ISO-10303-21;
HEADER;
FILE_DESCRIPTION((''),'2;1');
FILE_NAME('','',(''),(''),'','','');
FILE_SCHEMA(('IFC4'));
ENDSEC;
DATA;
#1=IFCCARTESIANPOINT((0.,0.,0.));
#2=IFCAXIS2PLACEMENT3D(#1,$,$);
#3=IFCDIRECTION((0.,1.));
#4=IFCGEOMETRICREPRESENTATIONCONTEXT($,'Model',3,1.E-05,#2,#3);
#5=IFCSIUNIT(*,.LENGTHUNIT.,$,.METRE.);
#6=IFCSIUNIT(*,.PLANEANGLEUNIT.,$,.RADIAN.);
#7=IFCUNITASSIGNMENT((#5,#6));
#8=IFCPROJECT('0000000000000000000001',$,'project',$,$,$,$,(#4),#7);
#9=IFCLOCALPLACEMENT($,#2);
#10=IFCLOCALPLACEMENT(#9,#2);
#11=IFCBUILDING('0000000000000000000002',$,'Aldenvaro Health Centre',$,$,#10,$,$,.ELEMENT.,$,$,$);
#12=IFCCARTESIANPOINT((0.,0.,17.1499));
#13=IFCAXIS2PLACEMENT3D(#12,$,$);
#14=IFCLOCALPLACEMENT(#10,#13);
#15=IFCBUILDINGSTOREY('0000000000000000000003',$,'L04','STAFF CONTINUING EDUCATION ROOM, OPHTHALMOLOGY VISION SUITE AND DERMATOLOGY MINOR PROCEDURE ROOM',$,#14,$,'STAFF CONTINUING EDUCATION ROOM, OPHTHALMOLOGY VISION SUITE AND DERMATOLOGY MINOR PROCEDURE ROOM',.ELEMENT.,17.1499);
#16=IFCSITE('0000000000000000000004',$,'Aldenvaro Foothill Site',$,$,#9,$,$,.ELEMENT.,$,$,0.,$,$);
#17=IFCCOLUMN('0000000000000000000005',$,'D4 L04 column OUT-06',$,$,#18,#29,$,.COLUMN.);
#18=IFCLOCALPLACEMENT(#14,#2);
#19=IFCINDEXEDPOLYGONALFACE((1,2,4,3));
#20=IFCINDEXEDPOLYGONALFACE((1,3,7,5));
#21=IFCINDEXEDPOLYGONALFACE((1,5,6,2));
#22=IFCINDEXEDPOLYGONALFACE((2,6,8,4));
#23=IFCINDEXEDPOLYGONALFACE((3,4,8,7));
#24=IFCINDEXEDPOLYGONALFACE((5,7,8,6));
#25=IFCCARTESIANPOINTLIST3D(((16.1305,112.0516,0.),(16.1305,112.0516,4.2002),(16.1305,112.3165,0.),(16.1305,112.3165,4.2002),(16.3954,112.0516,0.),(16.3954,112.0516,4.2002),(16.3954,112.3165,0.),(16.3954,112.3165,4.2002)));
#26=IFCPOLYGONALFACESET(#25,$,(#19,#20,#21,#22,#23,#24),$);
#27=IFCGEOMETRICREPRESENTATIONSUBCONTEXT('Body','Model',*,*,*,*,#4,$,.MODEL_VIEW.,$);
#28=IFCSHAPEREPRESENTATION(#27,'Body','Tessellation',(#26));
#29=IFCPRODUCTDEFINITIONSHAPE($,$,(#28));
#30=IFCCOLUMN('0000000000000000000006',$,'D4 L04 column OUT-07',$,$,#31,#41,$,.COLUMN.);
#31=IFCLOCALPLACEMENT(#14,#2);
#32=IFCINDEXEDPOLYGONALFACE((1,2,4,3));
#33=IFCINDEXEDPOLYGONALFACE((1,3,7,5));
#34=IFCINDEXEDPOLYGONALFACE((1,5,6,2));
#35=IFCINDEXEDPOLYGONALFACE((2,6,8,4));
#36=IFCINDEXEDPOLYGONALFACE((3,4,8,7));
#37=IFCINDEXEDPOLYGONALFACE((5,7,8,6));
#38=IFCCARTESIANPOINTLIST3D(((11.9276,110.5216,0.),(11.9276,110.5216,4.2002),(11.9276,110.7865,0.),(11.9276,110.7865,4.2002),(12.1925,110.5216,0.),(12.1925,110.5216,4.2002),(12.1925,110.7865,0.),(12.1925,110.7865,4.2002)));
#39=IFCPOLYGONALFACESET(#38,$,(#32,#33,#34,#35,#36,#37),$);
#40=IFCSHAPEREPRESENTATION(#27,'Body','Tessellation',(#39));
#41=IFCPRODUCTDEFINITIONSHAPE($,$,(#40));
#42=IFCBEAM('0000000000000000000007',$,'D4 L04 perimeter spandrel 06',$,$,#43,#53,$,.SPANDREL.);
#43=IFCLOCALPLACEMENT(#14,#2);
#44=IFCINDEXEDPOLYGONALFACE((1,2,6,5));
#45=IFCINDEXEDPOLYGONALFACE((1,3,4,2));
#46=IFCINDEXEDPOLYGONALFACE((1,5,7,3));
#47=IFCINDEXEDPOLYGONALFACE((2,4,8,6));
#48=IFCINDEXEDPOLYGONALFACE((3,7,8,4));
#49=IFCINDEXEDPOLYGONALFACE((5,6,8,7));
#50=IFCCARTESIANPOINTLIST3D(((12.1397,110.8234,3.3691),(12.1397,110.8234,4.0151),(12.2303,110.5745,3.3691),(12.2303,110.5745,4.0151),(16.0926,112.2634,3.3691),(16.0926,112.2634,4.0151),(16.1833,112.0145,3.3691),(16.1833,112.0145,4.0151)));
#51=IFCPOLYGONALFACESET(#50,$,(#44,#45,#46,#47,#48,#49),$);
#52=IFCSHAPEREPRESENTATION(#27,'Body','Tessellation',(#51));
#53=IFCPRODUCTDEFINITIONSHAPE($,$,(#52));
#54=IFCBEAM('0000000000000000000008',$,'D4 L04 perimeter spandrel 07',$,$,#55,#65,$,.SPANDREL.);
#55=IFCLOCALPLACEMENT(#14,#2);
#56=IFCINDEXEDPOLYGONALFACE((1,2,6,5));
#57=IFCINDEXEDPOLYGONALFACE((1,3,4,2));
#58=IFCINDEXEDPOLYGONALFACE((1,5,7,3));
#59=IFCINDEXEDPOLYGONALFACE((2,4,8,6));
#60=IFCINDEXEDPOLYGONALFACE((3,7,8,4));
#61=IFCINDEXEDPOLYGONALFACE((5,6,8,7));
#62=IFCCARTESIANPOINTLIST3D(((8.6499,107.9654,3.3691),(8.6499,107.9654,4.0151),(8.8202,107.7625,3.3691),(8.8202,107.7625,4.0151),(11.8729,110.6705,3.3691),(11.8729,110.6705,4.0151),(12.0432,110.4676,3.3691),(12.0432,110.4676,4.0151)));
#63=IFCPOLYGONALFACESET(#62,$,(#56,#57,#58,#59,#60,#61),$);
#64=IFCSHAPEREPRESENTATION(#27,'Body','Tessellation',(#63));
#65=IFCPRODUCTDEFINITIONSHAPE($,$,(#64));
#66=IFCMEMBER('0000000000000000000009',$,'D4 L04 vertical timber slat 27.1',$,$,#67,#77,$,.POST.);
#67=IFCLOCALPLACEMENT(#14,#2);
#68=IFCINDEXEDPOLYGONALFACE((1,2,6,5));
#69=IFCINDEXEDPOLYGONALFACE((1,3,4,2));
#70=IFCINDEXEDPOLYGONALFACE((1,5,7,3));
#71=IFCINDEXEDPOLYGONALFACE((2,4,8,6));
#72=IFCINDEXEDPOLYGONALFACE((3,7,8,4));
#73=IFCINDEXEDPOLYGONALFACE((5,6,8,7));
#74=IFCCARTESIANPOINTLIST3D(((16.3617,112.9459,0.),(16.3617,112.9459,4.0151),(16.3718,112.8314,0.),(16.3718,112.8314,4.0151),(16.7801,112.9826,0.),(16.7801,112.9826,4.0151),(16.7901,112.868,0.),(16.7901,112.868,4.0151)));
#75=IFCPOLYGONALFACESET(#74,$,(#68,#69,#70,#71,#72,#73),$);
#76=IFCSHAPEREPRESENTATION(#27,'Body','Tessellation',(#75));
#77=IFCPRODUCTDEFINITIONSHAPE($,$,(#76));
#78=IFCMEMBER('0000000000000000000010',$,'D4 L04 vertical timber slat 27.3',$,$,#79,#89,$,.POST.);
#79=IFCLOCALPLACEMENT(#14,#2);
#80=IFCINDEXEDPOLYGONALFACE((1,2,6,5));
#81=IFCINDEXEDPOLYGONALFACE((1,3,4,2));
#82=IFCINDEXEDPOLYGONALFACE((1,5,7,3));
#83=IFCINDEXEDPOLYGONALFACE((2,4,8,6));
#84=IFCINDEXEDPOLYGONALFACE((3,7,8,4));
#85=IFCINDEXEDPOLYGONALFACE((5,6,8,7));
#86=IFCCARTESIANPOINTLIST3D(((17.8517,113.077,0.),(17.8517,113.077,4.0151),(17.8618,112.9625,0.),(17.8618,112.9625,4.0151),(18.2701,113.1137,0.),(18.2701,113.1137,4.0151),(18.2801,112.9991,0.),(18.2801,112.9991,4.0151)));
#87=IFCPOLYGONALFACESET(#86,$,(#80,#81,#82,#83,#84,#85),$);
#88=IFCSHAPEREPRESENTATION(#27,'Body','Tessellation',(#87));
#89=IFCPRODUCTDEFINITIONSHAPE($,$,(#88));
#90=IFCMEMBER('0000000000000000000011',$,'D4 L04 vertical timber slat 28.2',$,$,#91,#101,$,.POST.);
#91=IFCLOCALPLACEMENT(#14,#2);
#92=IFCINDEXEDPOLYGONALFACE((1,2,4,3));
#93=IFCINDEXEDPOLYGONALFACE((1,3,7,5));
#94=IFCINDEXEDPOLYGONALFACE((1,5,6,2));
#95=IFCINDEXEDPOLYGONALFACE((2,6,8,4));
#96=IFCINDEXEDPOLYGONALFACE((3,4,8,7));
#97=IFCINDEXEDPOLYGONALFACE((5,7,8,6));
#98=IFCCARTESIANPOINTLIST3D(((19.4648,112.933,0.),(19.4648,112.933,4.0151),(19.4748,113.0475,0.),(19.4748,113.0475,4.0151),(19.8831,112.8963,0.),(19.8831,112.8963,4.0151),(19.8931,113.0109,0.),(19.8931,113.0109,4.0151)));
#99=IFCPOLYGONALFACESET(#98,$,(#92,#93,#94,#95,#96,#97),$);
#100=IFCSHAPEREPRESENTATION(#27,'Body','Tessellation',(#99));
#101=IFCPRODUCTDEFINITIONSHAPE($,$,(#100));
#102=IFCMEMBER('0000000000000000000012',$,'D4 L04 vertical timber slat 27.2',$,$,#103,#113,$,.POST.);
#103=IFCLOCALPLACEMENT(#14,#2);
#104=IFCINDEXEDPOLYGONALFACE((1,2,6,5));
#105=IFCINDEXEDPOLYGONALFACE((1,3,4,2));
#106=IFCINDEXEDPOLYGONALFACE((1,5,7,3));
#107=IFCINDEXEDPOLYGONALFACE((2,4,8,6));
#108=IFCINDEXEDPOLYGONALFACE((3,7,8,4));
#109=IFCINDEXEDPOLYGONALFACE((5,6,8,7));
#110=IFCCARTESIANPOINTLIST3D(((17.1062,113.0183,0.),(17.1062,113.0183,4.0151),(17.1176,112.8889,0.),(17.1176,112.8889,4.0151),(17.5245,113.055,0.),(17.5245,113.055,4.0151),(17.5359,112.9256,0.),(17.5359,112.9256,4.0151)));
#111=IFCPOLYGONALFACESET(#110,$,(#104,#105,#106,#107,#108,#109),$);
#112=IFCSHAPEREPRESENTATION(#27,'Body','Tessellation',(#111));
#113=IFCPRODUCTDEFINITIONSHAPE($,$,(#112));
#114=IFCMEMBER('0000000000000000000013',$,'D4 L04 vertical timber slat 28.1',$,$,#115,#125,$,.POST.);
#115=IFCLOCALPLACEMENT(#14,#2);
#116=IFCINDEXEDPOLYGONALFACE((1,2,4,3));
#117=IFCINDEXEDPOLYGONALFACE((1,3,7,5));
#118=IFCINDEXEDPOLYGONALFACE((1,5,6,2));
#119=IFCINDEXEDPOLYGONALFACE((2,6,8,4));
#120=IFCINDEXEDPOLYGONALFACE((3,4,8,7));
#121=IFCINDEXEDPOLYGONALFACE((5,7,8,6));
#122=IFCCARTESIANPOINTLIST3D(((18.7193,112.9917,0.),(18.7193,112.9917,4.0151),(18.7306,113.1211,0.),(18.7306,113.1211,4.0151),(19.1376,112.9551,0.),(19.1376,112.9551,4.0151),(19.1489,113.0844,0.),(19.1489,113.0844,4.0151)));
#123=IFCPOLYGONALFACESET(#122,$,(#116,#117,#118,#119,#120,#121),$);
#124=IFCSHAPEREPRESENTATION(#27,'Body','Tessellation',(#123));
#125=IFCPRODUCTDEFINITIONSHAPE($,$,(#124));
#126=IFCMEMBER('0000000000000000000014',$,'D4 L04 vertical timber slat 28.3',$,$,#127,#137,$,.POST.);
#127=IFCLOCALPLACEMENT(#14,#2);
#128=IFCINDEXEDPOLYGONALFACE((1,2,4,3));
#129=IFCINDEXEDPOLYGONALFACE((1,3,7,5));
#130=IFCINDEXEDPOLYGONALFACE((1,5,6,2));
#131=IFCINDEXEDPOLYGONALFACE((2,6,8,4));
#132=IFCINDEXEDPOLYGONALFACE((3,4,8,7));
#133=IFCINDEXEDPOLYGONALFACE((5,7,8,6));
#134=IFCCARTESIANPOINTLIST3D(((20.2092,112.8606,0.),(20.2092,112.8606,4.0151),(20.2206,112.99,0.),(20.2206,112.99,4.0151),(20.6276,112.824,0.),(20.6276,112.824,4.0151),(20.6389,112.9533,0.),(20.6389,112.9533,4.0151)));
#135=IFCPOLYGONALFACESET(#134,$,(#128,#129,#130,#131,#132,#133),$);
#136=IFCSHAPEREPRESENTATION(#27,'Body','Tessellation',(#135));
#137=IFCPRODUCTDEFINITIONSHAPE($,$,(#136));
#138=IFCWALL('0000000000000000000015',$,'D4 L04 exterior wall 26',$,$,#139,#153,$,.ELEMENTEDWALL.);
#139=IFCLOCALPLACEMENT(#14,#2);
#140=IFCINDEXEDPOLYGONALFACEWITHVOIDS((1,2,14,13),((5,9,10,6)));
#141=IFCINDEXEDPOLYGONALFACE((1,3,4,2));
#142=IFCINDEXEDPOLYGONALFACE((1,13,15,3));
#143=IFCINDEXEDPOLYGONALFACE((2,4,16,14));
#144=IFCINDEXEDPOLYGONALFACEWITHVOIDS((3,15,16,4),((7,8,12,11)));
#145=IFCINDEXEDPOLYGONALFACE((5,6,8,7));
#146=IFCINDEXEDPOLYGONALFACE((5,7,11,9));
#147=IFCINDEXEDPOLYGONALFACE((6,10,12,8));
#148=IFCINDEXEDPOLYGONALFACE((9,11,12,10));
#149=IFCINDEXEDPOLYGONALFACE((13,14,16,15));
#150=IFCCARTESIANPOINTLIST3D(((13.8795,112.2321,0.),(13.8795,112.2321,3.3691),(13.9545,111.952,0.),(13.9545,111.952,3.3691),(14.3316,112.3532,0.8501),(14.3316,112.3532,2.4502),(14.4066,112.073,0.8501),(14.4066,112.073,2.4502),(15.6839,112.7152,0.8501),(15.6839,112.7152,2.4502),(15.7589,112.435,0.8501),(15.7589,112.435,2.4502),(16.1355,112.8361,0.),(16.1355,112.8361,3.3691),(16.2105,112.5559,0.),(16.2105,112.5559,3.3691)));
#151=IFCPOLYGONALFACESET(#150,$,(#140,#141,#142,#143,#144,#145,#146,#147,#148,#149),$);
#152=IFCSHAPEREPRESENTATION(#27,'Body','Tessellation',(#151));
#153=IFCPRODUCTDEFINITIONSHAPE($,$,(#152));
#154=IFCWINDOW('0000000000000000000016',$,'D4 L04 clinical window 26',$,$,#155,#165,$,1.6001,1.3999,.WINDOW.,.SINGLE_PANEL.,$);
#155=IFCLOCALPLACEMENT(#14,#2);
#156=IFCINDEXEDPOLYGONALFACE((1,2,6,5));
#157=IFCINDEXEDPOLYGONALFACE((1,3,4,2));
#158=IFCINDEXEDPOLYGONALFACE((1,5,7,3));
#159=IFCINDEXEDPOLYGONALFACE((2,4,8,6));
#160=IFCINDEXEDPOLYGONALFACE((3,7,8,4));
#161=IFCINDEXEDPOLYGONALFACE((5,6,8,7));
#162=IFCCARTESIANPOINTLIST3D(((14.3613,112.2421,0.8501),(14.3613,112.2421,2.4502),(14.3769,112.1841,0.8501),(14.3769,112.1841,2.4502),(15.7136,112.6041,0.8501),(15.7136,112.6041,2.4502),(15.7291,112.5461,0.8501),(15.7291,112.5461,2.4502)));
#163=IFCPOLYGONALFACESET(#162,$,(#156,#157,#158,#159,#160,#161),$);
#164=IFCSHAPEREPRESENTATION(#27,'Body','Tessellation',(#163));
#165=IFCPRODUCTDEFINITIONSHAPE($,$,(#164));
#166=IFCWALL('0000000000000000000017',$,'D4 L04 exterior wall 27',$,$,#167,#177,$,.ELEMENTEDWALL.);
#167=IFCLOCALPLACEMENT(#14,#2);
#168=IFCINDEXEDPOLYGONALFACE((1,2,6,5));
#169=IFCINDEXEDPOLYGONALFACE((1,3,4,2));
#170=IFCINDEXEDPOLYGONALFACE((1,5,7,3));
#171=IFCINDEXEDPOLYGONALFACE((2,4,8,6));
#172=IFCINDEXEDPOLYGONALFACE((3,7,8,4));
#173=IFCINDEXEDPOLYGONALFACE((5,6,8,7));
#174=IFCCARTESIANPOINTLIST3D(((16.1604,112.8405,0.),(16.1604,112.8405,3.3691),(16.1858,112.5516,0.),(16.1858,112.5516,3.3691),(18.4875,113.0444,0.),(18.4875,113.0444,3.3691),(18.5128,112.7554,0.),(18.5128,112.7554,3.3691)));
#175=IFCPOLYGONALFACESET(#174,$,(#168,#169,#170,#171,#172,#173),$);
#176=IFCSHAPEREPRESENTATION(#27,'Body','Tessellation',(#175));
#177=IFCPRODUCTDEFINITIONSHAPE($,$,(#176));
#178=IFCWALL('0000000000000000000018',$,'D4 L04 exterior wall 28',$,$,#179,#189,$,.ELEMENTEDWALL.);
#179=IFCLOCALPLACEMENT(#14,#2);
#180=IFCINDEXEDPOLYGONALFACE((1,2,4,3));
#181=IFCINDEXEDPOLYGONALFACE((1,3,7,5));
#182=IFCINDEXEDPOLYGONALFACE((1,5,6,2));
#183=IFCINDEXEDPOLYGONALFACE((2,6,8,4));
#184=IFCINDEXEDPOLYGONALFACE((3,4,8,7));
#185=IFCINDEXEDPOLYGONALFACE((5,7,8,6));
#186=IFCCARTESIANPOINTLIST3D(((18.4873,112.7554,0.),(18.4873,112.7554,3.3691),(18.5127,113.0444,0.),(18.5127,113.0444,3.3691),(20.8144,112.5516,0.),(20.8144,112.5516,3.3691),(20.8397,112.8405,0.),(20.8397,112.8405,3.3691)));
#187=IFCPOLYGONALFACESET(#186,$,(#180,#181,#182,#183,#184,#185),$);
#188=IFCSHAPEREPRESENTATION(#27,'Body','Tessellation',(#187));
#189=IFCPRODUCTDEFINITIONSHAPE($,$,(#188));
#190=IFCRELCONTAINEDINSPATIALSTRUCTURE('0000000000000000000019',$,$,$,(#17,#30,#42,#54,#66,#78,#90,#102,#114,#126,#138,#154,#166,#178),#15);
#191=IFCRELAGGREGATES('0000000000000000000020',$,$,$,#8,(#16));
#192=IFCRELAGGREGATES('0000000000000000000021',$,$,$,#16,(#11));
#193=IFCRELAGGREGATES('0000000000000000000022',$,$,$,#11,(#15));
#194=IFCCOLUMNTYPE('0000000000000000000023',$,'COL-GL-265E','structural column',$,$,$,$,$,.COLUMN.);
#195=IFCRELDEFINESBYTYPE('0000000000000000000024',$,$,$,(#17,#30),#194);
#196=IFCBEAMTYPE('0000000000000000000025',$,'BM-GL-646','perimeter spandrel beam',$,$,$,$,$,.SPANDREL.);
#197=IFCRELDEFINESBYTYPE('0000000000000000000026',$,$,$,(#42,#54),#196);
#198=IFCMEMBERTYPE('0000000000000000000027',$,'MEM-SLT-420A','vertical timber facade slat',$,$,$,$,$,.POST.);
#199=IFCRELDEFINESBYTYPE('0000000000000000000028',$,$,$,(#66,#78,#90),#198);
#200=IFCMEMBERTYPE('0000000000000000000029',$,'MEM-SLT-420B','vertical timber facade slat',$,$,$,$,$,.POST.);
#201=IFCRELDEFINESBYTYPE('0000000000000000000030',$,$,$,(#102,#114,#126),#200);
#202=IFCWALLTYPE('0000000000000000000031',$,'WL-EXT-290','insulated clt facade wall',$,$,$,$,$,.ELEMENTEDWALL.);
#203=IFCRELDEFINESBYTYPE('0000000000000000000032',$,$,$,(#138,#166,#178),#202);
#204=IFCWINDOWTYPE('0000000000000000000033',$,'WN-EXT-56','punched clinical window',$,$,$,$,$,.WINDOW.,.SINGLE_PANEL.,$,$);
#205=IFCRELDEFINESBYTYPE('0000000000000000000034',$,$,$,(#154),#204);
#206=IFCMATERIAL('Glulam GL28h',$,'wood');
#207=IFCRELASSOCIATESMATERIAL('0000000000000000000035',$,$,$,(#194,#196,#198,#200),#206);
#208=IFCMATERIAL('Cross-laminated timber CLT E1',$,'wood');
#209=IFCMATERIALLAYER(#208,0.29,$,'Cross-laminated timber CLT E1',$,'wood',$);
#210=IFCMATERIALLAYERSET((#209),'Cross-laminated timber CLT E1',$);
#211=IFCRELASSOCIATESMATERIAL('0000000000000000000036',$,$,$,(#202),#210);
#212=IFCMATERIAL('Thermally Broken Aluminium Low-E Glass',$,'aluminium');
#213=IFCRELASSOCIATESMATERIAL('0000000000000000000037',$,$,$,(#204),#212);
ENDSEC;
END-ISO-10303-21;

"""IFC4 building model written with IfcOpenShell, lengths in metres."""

from ifc_helpers import new_model, si_unit, direction, frame, frame_2d, origin, origin_2d, place, context, subcontext, project, spatial, rectangle, extrude, material, layer, layer_set, material_profile, profile_set, type_object, element, fill, save


model = new_model("IFC4")

# Units and contexts
model_context = context("Model", 3, precision=1e-05, world=origin(), true_north=direction((0.0, 1.0)))
body_context = subcontext(model_context, "Body", "Model", "MODEL_VIEW")
ifc_project = project(units=[si_unit("LENGTHUNIT", "METRE"), si_unit("PLANEANGLEUNIT", "RADIAN")], contexts=[model_context])

# Site, building, storey
site_placement = place(None, origin())
site = spatial("IfcSite", under=ifc_project, at=site_placement, Name="Aldenvaro Foothill Site", CompositionType="ELEMENT", RefElevation=0.0)
building_placement = place(site_placement, origin())
building = spatial("IfcBuilding", under=site, at=building_placement, Name="Aldenvaro Health Centre", CompositionType="ELEMENT")
storey_placement = place(building_placement, frame((0.0, 0.0, 17.1499)))
storey = spatial("IfcBuildingStorey", under=building, at=storey_placement, Name="L04", Description="STAFF CONTINUING EDUCATION ROOM, OPHTHALMOLOGY VISION SUITE AND DERMATOLOGY MINOR PROCEDURE ROOM", LongName="STAFF CONTINUING EDUCATION ROOM, OPHTHALMOLOGY VISION SUITE AND DERMATOLOGY MINOR PROCEDURE ROOM", CompositionType="ELEMENT", Elevation=17.1499)

# Columns
ifc_material_1 = material(Name="Glulam GL28h", Category="wood")
ifc_material_profile_1 = material_profile(ifc_material_1, rectangle(XDim=0.2649, YDim=0.2649, at=origin_2d()), Name="GL 265x265", Category="wood")
ifc_profile_set_1 = profile_set([ifc_material_profile_1], Name="Glulam GL28h")
column_type = type_object("IfcColumnType", Name="COL-GL-265E", Description="structural column", PredefinedType="COLUMN", material=ifc_profile_set_1)
for number, where, z_axis, x_axis, name in (
    (1, (16.2629, 112.1841, 0.0), (0.0, 0.0, 1.0), (1.0, 0.0, 0.0), "D4 L04 column OUT-06"),
    (2, (12.0601, 110.6541, 0.0), (0.0, 0.0, 1.0), (1.0, 0.0, 0.0), "D4 L04 column OUT-07"),
):
    element("IfcColumn", number, at=place(storey_placement, frame(where, z_axis=z_axis, x_axis=x_axis)), inside=storey, type_object=column_type, Name=name, PredefinedType="COLUMN", context=body_context, shape_type="SweptSolid", body=[
        extrude(rectangle(XDim=0.2649, YDim=0.2649, at=origin_2d()), origin(), (0.0, 0.0, 1.0), 4.2002),
    ])

# Beams
ifc_material_profile_2 = material_profile(ifc_material_1, rectangle(XDim=0.2649, YDim=0.646, at=origin_2d()), Name="GL 265x646", Category="wood")
ifc_profile_set_2 = profile_set([ifc_material_profile_2], Name="Glulam GL28h")
beam_type = type_object("IfcBeamType", Name="BM-GL-646", Description="perimeter spandrel beam", PredefinedType="SPANDREL", material=ifc_profile_set_2)
beam_1_placement = place(storey_placement, frame((16.1379, 112.1389, 3.6921), z_axis=(-0.9396, -0.342274, 0.0), x_axis=(0.342274, -0.9396, 0.0)))
element("IfcBeam", 3, at=beam_1_placement, inside=storey, type_object=beam_type, Name="D4 L04 perimeter spandrel 06", PredefinedType="SPANDREL", context=body_context, shape_type="SweptSolid", body=[
    extrude(rectangle(XDim=0.2649, YDim=0.646, at=origin_2d()), origin(), (0.0, 0.0, 1.0), 4.207),
])
beam_2_placement = place(storey_placement, frame((11.958, 110.5691, 3.6921), z_axis=(-0.765957, -0.642891, 0.0), x_axis=(0.642891, -0.765957, 0.0)))
element("IfcBeam", 4, at=beam_2_placement, inside=storey, type_object=beam_type, Name="D4 L04 perimeter spandrel 07", PredefinedType="SPANDREL", context=body_context, shape_type="SweptSolid", body=[
    extrude(rectangle(XDim=0.2649, YDim=0.646, at=origin_2d()), origin(), (0.0, 0.0, 1.0), 4.2078),
])

# Members
ifc_material_profile_3 = material_profile(ifc_material_1, rectangle(XDim=0.115, YDim=0.4199, at=origin_2d()), Name="GL 115x420", Category="wood")
ifc_profile_set_3 = profile_set([ifc_material_profile_3], Name="Glulam GL28h")
member_type_1 = type_object("IfcMemberType", Name="MEM-SLT-420A", Description="vertical timber facade slat", PredefinedType="POST", material=ifc_profile_set_3)
for number, where, z_axis, x_axis, name in (
    (5, (16.5759, 112.907, 0.0), (0.0, 0.0, 1.0), (-0.087332, 0.996179, 0.0), "D4 L04 vertical timber slat 27.1"),
    (6, (18.0659, 113.0381, 0.0), (0.0, 0.0, 1.0), (-0.087332, 0.996179, 0.0), "D4 L04 vertical timber slat 27.3"),
    (7, (19.679, 112.9719, 0.0), (0.0, 0.0, 1.0), (0.087332, 0.996179, 0.0), "D4 L04 vertical timber slat 28.2"),
):
    element("IfcMember", number, at=place(storey_placement, frame(where, z_axis=z_axis, x_axis=x_axis)), inside=storey, type_object=member_type_1, Name=name, PredefinedType="POST", context=body_context, shape_type="SweptSolid", body=[
        extrude(rectangle(XDim=0.115, YDim=0.4199, at=origin_2d()), origin(), (0.0, 0.0, 1.0), 4.0151),
    ])
ifc_material_profile_4 = material_profile(ifc_material_1, rectangle(XDim=0.1299, YDim=0.4199, at=origin_2d()), Name="GL 130x420", Category="wood")
ifc_profile_set_4 = profile_set([ifc_material_profile_4], Name="Glulam GL28h")
member_type_2 = type_object("IfcMemberType", Name="MEM-SLT-420B", Description="vertical timber facade slat", PredefinedType="POST", material=ifc_profile_set_4)
for number, where, z_axis, x_axis, name in (
    (8, (17.321, 112.9719, 0.0), (0.0, 0.0, 1.0), (-0.087332, 0.996179, 0.0), "D4 L04 vertical timber slat 27.2"),
    (9, (18.9341, 113.0381, 0.0), (0.0, 0.0, 1.0), (0.087332, 0.996179, 0.0), "D4 L04 vertical timber slat 28.1"),
    (10, (20.4241, 112.907, 0.0), (0.0, 0.0, 1.0), (0.087332, 0.996179, 0.0), "D4 L04 vertical timber slat 28.3"),
):
    element("IfcMember", number, at=place(storey_placement, frame(where, z_axis=z_axis, x_axis=x_axis)), inside=storey, type_object=member_type_2, Name=name, PredefinedType="POST", context=body_context, shape_type="SweptSolid", body=[
        extrude(rectangle(XDim=0.1299, YDim=0.4199, at=origin_2d()), origin(), (0.0, 0.0, 1.0), 4.0151),
    ])

# Wall, opening, window
ifc_material_2 = material(Name="Cross-laminated timber CLT E1", Category="wood")
ifc_layer_1 = layer(ifc_material_2, 0.29, Name="Cross-laminated timber CLT E1", Category="wood")
ifc_layer_set_1 = layer_set([ifc_layer_1], Name="Cross-laminated timber CLT E1")
wall_type_1 = type_object("IfcWallType", Name="WL-EXT-290", Description="insulated clt facade wall", PredefinedType="ELEMENTEDWALL", material=ifc_layer_set_1)
wall_1_placement = place(storey_placement, frame((13.917, 112.092, 0.0), z_axis=(0.0, 0.0, 1.0), x_axis=(0.965981, 0.258612, 0.0)))
wall_1 = element("IfcWall", 11, at=wall_1_placement, inside=storey, type_object=wall_type_1, Name="D4 L04 exterior wall 26", PredefinedType="ELEMENTEDWALL", context=body_context, shape_type="SweptSolid", body=[
    extrude(rectangle(XDim=2.3354, YDim=0.29, at=frame_2d((1.1677, 0.0))), origin(), (0.0, 0.0, 1.0), 3.3691),
])
opening_placement = place(wall_1_placement, frame((0.468, 0.0, 0.8501)))
opening = element("IfcOpeningElement", 12, at=opening_placement, cuts=wall_1, PredefinedType="OPENING", context=body_context, shape_type="SweptSolid", body=[
    extrude(rectangle(XDim=1.3999, YDim=1.6001, at=frame_2d((0.7, 0.8))), frame((0.0, 0.155, 0.0), z_axis=(0.0, -1.0, 0.0), x_axis=(1.0, 0.0, 0.0)), (0.0, 0.0, 1.0), 0.3101),
])
ifc_material_3 = material(Name="Thermally Broken Aluminium Low-E Glass", Category="aluminium")
window_type = type_object("IfcWindowType", Name="WN-EXT-56", Description="punched clinical window", PartitioningType="SINGLE_PANEL", PredefinedType="WINDOW", material=ifc_material_3)
window_placement = place(opening_placement, origin())
window = element("IfcWindow", 13, at=window_placement, inside=storey, type_object=window_type, Name="D4 L04 clinical window 26", OverallHeight=1.6001, OverallWidth=1.3999, PartitioningType="SINGLE_PANEL", PredefinedType="WINDOW", context=body_context, shape_type="SweptSolid", body=[
    extrude(rectangle(XDim=1.3999, YDim=1.6001, at=frame_2d((0.7, 0.8))), frame((0.0, 0.03, 0.0), z_axis=(0.0, -1.0, 0.0), x_axis=(1.0, 0.0, 0.0)), (0.0, 0.0, 1.0), 0.0601),
])
fill(opening, window)

# Walls
for number, where, z_axis, x_axis, name in (
    (14, (16.1731, 112.696, 0.0), (0.0, 0.0, 1.0), (0.996184, 0.087275, 0.0), "D4 L04 exterior wall 27"),
    (15, (18.5, 112.8999, 0.0), (0.0, 0.0, 1.0), (0.996184, -0.087275, 0.0), "D4 L04 exterior wall 28"),
):
    element("IfcWall", number, at=place(storey_placement, frame(where, z_axis=z_axis, x_axis=x_axis)), inside=storey, type_object=wall_type_1, Name=name, PredefinedType="ELEMENTEDWALL", context=body_context, shape_type="SweptSolid", body=[
        extrude(rectangle(XDim=2.3359, YDim=0.29, at=frame_2d((1.168, 0.0))), origin(), (0.0, 0.0, 1.0), 3.3691),
    ])

save(model, "model.ifc")
